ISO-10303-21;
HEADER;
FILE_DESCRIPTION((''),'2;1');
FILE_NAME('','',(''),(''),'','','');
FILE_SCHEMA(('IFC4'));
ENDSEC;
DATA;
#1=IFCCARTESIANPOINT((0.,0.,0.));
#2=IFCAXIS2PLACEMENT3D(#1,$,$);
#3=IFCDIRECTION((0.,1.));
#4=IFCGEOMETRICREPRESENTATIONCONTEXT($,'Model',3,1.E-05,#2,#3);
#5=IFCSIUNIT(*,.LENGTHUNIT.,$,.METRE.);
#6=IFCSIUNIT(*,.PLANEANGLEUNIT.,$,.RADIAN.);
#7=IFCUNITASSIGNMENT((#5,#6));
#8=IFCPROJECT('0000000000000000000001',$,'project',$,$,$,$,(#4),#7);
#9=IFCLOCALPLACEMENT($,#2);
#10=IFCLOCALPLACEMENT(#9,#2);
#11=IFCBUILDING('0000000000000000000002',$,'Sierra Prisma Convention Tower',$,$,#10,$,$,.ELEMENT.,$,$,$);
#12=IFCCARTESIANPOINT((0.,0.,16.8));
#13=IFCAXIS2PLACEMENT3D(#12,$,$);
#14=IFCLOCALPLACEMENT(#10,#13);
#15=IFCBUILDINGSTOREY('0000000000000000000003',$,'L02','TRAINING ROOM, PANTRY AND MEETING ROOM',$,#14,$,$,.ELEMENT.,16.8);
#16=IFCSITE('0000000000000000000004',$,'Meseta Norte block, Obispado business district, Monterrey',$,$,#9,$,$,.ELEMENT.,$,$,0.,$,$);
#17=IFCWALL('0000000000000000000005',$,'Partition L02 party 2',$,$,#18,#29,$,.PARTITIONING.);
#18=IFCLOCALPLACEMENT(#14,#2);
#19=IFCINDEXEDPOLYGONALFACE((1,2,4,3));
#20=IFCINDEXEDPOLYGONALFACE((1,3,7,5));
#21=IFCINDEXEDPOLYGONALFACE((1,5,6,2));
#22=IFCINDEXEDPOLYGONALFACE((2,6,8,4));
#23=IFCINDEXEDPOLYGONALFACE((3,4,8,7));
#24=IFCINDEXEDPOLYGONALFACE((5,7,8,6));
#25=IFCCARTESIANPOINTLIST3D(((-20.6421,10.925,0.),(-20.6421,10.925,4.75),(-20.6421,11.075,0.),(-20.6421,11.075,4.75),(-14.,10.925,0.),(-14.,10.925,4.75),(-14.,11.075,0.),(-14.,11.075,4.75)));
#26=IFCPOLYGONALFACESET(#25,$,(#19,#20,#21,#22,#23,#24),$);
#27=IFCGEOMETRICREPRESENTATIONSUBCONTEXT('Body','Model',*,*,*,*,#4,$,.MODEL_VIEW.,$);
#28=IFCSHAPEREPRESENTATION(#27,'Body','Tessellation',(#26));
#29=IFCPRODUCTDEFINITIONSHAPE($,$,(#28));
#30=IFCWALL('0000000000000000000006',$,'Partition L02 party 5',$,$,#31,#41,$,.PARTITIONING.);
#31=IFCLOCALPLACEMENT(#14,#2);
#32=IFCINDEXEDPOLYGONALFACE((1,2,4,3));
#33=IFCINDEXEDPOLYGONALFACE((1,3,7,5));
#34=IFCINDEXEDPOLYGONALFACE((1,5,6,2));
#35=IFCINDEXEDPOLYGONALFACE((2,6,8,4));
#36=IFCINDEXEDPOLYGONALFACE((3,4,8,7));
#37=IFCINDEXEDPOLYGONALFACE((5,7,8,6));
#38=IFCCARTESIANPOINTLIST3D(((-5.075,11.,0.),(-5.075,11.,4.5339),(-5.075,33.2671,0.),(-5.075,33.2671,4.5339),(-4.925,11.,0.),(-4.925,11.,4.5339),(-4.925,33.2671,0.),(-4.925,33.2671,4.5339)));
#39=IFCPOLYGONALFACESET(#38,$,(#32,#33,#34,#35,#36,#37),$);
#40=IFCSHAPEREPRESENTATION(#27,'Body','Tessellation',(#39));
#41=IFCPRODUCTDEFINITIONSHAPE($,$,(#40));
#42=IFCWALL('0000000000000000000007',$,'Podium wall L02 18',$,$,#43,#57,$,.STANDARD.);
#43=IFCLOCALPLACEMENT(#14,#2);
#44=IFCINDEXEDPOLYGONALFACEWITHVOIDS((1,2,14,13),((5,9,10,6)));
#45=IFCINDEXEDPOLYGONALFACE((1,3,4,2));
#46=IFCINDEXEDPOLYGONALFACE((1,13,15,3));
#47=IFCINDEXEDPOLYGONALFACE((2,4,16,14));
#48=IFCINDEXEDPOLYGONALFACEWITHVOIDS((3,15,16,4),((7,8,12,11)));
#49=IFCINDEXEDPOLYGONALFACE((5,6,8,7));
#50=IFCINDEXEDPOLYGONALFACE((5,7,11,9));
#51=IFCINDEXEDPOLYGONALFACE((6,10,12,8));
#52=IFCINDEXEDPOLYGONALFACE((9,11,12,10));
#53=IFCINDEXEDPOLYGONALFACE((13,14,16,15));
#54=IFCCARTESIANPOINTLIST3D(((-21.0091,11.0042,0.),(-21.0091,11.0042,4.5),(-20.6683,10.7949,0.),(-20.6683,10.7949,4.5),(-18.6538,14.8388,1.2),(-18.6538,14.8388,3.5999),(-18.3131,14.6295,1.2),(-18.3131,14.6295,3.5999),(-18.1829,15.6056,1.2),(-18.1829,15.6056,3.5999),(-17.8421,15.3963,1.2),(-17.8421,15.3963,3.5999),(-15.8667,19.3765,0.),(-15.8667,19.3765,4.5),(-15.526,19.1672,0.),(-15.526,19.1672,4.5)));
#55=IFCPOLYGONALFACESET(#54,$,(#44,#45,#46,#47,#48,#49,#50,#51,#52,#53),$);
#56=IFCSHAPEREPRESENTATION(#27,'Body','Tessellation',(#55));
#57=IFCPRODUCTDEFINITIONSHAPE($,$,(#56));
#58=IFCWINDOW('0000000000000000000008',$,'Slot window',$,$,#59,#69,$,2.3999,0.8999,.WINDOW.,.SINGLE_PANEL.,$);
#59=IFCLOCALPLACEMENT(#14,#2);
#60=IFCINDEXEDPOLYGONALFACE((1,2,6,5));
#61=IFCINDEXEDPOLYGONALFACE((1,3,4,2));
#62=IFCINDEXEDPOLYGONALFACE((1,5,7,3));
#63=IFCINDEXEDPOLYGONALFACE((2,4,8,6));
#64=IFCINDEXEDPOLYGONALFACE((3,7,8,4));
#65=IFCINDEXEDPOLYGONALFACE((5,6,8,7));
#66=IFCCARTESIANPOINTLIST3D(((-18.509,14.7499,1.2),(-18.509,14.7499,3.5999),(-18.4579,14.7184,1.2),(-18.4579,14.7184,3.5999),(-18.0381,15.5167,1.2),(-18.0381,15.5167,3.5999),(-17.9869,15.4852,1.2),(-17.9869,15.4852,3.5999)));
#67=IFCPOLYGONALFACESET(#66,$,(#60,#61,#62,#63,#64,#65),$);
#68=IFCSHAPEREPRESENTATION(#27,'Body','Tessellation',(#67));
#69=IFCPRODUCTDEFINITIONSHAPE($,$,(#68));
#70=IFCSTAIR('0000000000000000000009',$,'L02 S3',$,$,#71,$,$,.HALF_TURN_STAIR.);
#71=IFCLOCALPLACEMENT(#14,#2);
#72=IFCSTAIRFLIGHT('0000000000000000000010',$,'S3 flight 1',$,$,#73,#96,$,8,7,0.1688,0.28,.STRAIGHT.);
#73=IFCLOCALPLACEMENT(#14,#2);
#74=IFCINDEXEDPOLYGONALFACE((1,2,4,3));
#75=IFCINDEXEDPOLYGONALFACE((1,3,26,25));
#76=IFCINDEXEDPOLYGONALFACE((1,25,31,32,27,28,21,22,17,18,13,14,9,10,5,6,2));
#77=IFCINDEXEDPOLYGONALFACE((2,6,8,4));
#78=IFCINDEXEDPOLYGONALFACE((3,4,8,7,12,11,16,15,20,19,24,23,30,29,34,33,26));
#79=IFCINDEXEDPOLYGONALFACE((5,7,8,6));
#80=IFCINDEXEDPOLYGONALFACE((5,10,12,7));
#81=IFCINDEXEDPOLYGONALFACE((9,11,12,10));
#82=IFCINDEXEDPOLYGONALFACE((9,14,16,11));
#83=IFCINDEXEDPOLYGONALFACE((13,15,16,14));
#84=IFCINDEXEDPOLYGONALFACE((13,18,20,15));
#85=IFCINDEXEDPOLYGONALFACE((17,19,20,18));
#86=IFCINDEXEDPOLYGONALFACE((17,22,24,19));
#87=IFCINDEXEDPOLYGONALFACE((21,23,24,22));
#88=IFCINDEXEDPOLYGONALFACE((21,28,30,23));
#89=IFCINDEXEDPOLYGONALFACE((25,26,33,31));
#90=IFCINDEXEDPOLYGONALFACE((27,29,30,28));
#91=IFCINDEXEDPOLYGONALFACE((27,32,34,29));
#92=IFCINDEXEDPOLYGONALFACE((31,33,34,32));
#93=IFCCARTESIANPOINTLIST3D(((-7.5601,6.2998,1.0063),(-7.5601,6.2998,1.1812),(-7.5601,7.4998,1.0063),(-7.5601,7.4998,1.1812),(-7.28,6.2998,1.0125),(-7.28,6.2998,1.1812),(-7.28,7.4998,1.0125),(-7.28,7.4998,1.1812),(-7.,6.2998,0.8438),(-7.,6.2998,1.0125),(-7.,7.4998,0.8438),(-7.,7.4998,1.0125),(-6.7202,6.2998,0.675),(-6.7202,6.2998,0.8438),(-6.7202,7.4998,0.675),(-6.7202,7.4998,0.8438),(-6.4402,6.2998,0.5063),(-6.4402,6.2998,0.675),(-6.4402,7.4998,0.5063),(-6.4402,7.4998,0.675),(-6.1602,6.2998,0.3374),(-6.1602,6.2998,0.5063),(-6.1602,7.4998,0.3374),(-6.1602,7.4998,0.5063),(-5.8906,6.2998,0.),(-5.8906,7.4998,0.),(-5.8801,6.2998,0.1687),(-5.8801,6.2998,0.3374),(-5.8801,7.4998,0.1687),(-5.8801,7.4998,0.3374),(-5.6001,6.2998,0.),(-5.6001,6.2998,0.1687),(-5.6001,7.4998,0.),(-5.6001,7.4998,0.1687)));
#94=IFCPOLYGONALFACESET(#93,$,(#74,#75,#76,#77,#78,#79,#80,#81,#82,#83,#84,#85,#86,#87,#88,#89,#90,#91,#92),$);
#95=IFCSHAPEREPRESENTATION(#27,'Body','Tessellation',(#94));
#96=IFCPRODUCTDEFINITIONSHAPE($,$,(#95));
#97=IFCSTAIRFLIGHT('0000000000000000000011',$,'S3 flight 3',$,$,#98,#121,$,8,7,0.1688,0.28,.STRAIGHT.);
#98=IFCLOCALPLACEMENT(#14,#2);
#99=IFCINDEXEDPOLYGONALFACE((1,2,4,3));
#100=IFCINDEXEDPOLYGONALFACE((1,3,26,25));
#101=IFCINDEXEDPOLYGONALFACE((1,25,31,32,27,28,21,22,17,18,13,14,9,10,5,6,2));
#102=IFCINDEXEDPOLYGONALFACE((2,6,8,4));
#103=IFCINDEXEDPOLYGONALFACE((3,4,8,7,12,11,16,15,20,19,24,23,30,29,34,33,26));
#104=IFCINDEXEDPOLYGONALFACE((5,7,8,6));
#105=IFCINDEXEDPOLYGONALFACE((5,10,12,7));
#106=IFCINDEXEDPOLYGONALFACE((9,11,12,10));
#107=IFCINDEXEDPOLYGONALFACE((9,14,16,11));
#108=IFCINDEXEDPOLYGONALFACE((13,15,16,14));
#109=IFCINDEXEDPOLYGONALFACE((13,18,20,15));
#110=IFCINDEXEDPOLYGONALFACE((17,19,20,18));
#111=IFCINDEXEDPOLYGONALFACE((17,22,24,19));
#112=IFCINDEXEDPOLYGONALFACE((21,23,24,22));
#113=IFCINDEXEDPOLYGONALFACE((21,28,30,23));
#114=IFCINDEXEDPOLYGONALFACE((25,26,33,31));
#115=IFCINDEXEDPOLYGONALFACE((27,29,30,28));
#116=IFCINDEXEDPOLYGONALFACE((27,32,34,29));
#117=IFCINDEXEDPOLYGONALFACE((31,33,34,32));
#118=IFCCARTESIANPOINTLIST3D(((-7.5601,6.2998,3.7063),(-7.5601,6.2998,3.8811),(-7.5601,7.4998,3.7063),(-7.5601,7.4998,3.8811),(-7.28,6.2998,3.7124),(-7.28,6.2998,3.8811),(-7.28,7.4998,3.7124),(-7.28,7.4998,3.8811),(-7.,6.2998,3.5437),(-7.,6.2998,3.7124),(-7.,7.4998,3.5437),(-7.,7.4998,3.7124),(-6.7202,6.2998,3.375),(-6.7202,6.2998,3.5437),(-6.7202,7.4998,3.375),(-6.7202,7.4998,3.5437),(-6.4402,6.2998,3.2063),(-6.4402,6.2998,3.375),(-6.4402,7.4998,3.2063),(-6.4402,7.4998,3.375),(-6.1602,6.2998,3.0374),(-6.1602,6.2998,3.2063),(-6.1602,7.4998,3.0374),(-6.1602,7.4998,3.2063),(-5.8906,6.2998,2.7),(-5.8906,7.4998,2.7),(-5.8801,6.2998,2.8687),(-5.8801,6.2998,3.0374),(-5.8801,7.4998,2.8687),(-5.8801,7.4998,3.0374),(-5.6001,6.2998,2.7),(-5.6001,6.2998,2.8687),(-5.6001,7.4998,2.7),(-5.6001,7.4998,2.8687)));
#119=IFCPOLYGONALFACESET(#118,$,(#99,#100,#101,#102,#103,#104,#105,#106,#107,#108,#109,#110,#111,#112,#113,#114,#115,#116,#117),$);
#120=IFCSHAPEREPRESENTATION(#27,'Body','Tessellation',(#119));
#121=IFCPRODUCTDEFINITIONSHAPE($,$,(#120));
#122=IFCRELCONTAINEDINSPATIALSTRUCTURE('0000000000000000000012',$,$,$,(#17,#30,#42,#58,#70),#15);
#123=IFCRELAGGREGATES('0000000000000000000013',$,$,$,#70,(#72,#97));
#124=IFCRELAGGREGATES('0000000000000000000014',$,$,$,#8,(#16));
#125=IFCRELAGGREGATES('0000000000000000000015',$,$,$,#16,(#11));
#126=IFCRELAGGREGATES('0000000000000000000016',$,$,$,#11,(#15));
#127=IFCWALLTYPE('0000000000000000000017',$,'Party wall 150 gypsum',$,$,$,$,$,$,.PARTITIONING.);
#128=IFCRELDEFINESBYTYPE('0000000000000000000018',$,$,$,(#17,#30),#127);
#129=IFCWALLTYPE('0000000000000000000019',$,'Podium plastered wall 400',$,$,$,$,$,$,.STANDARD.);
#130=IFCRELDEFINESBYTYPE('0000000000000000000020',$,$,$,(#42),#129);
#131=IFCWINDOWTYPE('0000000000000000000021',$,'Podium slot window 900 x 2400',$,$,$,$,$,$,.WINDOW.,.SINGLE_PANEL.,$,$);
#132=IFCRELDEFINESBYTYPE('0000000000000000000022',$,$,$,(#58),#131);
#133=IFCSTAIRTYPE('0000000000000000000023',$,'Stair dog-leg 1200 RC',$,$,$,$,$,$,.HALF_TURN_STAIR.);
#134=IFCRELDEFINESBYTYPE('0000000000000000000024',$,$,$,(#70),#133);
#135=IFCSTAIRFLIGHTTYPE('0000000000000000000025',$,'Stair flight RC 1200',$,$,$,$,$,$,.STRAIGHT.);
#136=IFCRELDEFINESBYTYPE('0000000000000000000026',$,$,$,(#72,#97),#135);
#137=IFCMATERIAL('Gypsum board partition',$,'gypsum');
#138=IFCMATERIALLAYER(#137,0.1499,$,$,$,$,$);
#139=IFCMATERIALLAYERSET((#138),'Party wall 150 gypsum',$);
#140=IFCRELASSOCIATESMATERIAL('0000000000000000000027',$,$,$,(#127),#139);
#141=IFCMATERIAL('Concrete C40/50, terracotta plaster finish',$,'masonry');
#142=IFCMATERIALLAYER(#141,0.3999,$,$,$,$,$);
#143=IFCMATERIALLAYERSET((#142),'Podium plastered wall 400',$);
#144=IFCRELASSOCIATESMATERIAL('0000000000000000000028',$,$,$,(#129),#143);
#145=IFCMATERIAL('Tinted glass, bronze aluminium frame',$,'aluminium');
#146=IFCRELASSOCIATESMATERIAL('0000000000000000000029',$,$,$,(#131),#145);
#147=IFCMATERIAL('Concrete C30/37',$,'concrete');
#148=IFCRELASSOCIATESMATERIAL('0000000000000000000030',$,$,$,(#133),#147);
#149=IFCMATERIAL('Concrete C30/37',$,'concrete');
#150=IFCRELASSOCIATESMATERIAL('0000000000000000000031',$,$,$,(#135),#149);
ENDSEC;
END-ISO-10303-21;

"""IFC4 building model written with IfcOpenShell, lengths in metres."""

from ifc_helpers import new_model, si_unit, direction, frame, frame_2d, origin, place, context, subcontext, project, spatial, polyline, rectangle, outline, extrude, material, layer, layer_set, type_object, element, fill, aggregate, save


model = new_model("IFC4")

# Units and contexts
model_context = context("Model", 3, precision=1e-05, world=origin(), true_north=direction((0.0, 1.0)))
body_context = subcontext(model_context, "Body", "Model", "MODEL_VIEW")
ifc_project = project(units=[si_unit("LENGTHUNIT", "METRE"), si_unit("PLANEANGLEUNIT", "RADIAN")], contexts=[model_context])

# Site, building, storey
site_placement = place(None, origin())
site = spatial("IfcSite", under=ifc_project, at=site_placement, Name="Meseta Norte block, Obispado business district, Monterrey", CompositionType="ELEMENT", RefElevation=0.0)
building_placement = place(site_placement, origin())
building = spatial("IfcBuilding", under=site, at=building_placement, Name="Sierra Prisma Convention Tower", CompositionType="ELEMENT")
storey_placement = place(building_placement, frame((0.0, 0.0, 16.8)))
storey = spatial("IfcBuildingStorey", under=building, at=storey_placement, Name="L02", Description="TRAINING ROOM, PANTRY AND MEETING ROOM", CompositionType="ELEMENT", Elevation=16.8)

# Walls
ifc_material_1 = material(Name="Gypsum board partition", Category="gypsum")
ifc_layer_1 = layer(ifc_material_1, 0.1499)
ifc_layer_set_1 = layer_set([ifc_layer_1], Name="Party wall 150 gypsum")
wall_type_1 = type_object("IfcWallType", Name="Party wall 150 gypsum", PredefinedType="PARTITIONING", material=ifc_layer_set_1)
wall_1_placement = place(storey_placement, frame((-14.0, 11.0, 0.0), z_axis=(0.0, 0.0, 1.0), x_axis=(-1.0, 0.0, 0.0)))
element("IfcWall", 1, at=wall_1_placement, inside=storey, type_object=wall_type_1, Name="Partition L02 party 2", PredefinedType="PARTITIONING", context=body_context, shape_type="SweptSolid", body=[
    extrude(rectangle(XDim=6.6421, YDim=0.1499, at=frame_2d((3.321, 0.0))), origin(), (0.0, 0.0, 1.0), 4.75),
])
wall_2_placement = place(storey_placement, frame((-5.0, 11.0, 0.0), z_axis=(0.0, 0.0, 1.0), x_axis=(0.0, 1.0, 0.0)))
element("IfcWall", 2, at=wall_2_placement, inside=storey, type_object=wall_type_1, Name="Partition L02 party 5", PredefinedType="PARTITIONING", context=body_context, shape_type="SweptSolid", body=[
    extrude(rectangle(XDim=22.2671, YDim=0.1499, at=frame_2d((11.1335, 0.0))), origin(), (0.0, 0.0, 1.0), 4.5339),
])

# Wall, opening, window
ifc_material_2 = material(Name="Concrete C40/50, terracotta plaster finish", Category="masonry")
ifc_layer_2 = layer(ifc_material_2, 0.3999)
ifc_layer_set_2 = layer_set([ifc_layer_2], Name="Podium plastered wall 400")
wall_type_2 = type_object("IfcWallType", Name="Podium plastered wall 400", PredefinedType="STANDARD", material=ifc_layer_set_2)
wall_3_placement = place(storey_placement, frame((-20.8386, 10.8997, 0.0), z_axis=(0.0, 0.0, 1.0), x_axis=(0.523369, 0.852106, 0.0)))
wall_3 = element("IfcWall", 3, at=wall_3_placement, inside=storey, type_object=wall_type_2, Name="Podium wall L02 18", PredefinedType="STANDARD", context=body_context, shape_type="SweptSolid", body=[
    extrude(rectangle(XDim=9.8254, YDim=0.3999, at=frame_2d((4.9126, 0.0))), origin(), (0.0, 0.0, 1.0), 4.5),
])
opening_1_placement = place(wall_3_placement, frame((4.5, 0.0, 1.2)))
opening_1 = element("IfcOpeningElement", 4, at=opening_1_placement, cuts=wall_3, PredefinedType="OPENING", context=body_context, shape_type="SweptSolid", body=[
    extrude(rectangle(XDim=0.8999, YDim=2.3999, at=frame_2d((0.45, 1.2))), frame((0.0, 0.2, 0.0), z_axis=(0.0, -1.0, 0.0), x_axis=(1.0, 0.0, 0.0)), (0.0, 0.0, 1.0), 0.3999),
])
ifc_material_3 = material(Name="Tinted glass, bronze aluminium frame", Category="aluminium")
window_type = type_object("IfcWindowType", Name="Podium slot window 900 x 2400", PartitioningType="SINGLE_PANEL", PredefinedType="WINDOW", material=ifc_material_3)
window_placement = place(opening_1_placement, origin())
window = element("IfcWindow", 5, at=window_placement, inside=storey, type_object=window_type, Name="Slot window", OverallHeight=2.3999, OverallWidth=0.8999, PartitioningType="SINGLE_PANEL", PredefinedType="WINDOW", context=body_context, shape_type="SweptSolid", body=[
    extrude(rectangle(XDim=0.8999, YDim=2.3999, at=frame_2d((0.45, 1.2))), frame((0.0, 0.03, 0.0), z_axis=(0.0, -1.0, 0.0), x_axis=(1.0, 0.0, 0.0)), (0.0, 0.0, 1.0), 0.0601),
])
fill(opening_1, window)

# Stair, stair flights
ifc_material_4 = material(Name="Concrete C30/37", Category="concrete")
stair_type = type_object("IfcStairType", Name="Stair dog-leg 1200 RC", PredefinedType="HALF_TURN_STAIR", material=ifc_material_4)
stair_placement = place(storey_placement, origin())
stair = element("IfcStair", 6, at=stair_placement, inside=storey, type_object=stair_type, Name="L02 S3", PredefinedType="HALF_TURN_STAIR")
ifc_material_5 = material(Name="Concrete C30/37", Category="concrete")
stair_flight_type = type_object("IfcStairFlightType", Name="Stair flight RC 1200", PredefinedType="STRAIGHT", material=ifc_material_5)
stair_flight_1_placement = place(storey_placement, frame((-5.6001, 6.8999, 0.0), z_axis=(0.0, 0.0, 1.0), x_axis=(-1.0, 0.0, 0.0)))
stair_flight_1 = element("IfcStairFlight", 7, at=stair_flight_1_placement, type_object=stair_flight_type, Name="S3 flight 1", NumberOfRisers=8, NumberOfTreads=7, PredefinedType="STRAIGHT", RiserHeight=0.1688, TreadLength=0.28, context=body_context, shape_type="SweptSolid", body=[
    extrude(outline(polyline([(0.0, 0.0), (0.0, 0.1687), (0.28, 0.1687), (0.28, 0.3374), (0.5601, 0.3374), (0.5601, 0.5063), (0.8401, 0.5063), (0.8401, 0.675), (1.1201, 0.675), (1.1201, 0.8438), (1.3999, 0.8438), (1.3999, 1.0125), (1.6799, 1.0125), (1.6799, 1.1812), (1.96, 1.1812), (1.96, 1.3501), (1.96, 1.0063), (0.2905, 0.0), (0.0, 0.0)])), frame((0.0, 0.6001, 0.0), z_axis=(0.0, -1.0, 0.0), x_axis=(1.0, 0.0, 0.0)), (0.0, 0.0, 1.0), 1.2),
])
stair_flight_2_placement = place(storey_placement, frame((-5.6001, 6.8999, 2.7), z_axis=(0.0, 0.0, 1.0), x_axis=(-1.0, 0.0, 0.0)))
stair_flight_2 = element("IfcStairFlight", 8, at=stair_flight_2_placement, type_object=stair_flight_type, Name="S3 flight 3", NumberOfRisers=8, NumberOfTreads=7, PredefinedType="STRAIGHT", RiserHeight=0.1688, TreadLength=0.28, context=body_context, shape_type="SweptSolid", body=[
    extrude(outline(polyline([(0.0, 0.0), (0.0, 0.1687), (0.28, 0.1687), (0.28, 0.3374), (0.5601, 0.3374), (0.5601, 0.5063), (0.8401, 0.5063), (0.8401, 0.675), (1.1201, 0.675), (1.1201, 0.8438), (1.3999, 0.8438), (1.3999, 1.0125), (1.6799, 1.0125), (1.6799, 1.1812), (1.96, 1.1812), (1.96, 1.3501), (1.96, 1.0063), (0.2905, 0.0), (0.0, 0.0)])), frame((0.0, 0.6001, 0.0), z_axis=(0.0, -1.0, 0.0), x_axis=(1.0, 0.0, 0.0)), (0.0, 0.0, 1.0), 1.2),
])
aggregate(stair, [stair_flight_1, stair_flight_2])

save(model, "model.ifc")
